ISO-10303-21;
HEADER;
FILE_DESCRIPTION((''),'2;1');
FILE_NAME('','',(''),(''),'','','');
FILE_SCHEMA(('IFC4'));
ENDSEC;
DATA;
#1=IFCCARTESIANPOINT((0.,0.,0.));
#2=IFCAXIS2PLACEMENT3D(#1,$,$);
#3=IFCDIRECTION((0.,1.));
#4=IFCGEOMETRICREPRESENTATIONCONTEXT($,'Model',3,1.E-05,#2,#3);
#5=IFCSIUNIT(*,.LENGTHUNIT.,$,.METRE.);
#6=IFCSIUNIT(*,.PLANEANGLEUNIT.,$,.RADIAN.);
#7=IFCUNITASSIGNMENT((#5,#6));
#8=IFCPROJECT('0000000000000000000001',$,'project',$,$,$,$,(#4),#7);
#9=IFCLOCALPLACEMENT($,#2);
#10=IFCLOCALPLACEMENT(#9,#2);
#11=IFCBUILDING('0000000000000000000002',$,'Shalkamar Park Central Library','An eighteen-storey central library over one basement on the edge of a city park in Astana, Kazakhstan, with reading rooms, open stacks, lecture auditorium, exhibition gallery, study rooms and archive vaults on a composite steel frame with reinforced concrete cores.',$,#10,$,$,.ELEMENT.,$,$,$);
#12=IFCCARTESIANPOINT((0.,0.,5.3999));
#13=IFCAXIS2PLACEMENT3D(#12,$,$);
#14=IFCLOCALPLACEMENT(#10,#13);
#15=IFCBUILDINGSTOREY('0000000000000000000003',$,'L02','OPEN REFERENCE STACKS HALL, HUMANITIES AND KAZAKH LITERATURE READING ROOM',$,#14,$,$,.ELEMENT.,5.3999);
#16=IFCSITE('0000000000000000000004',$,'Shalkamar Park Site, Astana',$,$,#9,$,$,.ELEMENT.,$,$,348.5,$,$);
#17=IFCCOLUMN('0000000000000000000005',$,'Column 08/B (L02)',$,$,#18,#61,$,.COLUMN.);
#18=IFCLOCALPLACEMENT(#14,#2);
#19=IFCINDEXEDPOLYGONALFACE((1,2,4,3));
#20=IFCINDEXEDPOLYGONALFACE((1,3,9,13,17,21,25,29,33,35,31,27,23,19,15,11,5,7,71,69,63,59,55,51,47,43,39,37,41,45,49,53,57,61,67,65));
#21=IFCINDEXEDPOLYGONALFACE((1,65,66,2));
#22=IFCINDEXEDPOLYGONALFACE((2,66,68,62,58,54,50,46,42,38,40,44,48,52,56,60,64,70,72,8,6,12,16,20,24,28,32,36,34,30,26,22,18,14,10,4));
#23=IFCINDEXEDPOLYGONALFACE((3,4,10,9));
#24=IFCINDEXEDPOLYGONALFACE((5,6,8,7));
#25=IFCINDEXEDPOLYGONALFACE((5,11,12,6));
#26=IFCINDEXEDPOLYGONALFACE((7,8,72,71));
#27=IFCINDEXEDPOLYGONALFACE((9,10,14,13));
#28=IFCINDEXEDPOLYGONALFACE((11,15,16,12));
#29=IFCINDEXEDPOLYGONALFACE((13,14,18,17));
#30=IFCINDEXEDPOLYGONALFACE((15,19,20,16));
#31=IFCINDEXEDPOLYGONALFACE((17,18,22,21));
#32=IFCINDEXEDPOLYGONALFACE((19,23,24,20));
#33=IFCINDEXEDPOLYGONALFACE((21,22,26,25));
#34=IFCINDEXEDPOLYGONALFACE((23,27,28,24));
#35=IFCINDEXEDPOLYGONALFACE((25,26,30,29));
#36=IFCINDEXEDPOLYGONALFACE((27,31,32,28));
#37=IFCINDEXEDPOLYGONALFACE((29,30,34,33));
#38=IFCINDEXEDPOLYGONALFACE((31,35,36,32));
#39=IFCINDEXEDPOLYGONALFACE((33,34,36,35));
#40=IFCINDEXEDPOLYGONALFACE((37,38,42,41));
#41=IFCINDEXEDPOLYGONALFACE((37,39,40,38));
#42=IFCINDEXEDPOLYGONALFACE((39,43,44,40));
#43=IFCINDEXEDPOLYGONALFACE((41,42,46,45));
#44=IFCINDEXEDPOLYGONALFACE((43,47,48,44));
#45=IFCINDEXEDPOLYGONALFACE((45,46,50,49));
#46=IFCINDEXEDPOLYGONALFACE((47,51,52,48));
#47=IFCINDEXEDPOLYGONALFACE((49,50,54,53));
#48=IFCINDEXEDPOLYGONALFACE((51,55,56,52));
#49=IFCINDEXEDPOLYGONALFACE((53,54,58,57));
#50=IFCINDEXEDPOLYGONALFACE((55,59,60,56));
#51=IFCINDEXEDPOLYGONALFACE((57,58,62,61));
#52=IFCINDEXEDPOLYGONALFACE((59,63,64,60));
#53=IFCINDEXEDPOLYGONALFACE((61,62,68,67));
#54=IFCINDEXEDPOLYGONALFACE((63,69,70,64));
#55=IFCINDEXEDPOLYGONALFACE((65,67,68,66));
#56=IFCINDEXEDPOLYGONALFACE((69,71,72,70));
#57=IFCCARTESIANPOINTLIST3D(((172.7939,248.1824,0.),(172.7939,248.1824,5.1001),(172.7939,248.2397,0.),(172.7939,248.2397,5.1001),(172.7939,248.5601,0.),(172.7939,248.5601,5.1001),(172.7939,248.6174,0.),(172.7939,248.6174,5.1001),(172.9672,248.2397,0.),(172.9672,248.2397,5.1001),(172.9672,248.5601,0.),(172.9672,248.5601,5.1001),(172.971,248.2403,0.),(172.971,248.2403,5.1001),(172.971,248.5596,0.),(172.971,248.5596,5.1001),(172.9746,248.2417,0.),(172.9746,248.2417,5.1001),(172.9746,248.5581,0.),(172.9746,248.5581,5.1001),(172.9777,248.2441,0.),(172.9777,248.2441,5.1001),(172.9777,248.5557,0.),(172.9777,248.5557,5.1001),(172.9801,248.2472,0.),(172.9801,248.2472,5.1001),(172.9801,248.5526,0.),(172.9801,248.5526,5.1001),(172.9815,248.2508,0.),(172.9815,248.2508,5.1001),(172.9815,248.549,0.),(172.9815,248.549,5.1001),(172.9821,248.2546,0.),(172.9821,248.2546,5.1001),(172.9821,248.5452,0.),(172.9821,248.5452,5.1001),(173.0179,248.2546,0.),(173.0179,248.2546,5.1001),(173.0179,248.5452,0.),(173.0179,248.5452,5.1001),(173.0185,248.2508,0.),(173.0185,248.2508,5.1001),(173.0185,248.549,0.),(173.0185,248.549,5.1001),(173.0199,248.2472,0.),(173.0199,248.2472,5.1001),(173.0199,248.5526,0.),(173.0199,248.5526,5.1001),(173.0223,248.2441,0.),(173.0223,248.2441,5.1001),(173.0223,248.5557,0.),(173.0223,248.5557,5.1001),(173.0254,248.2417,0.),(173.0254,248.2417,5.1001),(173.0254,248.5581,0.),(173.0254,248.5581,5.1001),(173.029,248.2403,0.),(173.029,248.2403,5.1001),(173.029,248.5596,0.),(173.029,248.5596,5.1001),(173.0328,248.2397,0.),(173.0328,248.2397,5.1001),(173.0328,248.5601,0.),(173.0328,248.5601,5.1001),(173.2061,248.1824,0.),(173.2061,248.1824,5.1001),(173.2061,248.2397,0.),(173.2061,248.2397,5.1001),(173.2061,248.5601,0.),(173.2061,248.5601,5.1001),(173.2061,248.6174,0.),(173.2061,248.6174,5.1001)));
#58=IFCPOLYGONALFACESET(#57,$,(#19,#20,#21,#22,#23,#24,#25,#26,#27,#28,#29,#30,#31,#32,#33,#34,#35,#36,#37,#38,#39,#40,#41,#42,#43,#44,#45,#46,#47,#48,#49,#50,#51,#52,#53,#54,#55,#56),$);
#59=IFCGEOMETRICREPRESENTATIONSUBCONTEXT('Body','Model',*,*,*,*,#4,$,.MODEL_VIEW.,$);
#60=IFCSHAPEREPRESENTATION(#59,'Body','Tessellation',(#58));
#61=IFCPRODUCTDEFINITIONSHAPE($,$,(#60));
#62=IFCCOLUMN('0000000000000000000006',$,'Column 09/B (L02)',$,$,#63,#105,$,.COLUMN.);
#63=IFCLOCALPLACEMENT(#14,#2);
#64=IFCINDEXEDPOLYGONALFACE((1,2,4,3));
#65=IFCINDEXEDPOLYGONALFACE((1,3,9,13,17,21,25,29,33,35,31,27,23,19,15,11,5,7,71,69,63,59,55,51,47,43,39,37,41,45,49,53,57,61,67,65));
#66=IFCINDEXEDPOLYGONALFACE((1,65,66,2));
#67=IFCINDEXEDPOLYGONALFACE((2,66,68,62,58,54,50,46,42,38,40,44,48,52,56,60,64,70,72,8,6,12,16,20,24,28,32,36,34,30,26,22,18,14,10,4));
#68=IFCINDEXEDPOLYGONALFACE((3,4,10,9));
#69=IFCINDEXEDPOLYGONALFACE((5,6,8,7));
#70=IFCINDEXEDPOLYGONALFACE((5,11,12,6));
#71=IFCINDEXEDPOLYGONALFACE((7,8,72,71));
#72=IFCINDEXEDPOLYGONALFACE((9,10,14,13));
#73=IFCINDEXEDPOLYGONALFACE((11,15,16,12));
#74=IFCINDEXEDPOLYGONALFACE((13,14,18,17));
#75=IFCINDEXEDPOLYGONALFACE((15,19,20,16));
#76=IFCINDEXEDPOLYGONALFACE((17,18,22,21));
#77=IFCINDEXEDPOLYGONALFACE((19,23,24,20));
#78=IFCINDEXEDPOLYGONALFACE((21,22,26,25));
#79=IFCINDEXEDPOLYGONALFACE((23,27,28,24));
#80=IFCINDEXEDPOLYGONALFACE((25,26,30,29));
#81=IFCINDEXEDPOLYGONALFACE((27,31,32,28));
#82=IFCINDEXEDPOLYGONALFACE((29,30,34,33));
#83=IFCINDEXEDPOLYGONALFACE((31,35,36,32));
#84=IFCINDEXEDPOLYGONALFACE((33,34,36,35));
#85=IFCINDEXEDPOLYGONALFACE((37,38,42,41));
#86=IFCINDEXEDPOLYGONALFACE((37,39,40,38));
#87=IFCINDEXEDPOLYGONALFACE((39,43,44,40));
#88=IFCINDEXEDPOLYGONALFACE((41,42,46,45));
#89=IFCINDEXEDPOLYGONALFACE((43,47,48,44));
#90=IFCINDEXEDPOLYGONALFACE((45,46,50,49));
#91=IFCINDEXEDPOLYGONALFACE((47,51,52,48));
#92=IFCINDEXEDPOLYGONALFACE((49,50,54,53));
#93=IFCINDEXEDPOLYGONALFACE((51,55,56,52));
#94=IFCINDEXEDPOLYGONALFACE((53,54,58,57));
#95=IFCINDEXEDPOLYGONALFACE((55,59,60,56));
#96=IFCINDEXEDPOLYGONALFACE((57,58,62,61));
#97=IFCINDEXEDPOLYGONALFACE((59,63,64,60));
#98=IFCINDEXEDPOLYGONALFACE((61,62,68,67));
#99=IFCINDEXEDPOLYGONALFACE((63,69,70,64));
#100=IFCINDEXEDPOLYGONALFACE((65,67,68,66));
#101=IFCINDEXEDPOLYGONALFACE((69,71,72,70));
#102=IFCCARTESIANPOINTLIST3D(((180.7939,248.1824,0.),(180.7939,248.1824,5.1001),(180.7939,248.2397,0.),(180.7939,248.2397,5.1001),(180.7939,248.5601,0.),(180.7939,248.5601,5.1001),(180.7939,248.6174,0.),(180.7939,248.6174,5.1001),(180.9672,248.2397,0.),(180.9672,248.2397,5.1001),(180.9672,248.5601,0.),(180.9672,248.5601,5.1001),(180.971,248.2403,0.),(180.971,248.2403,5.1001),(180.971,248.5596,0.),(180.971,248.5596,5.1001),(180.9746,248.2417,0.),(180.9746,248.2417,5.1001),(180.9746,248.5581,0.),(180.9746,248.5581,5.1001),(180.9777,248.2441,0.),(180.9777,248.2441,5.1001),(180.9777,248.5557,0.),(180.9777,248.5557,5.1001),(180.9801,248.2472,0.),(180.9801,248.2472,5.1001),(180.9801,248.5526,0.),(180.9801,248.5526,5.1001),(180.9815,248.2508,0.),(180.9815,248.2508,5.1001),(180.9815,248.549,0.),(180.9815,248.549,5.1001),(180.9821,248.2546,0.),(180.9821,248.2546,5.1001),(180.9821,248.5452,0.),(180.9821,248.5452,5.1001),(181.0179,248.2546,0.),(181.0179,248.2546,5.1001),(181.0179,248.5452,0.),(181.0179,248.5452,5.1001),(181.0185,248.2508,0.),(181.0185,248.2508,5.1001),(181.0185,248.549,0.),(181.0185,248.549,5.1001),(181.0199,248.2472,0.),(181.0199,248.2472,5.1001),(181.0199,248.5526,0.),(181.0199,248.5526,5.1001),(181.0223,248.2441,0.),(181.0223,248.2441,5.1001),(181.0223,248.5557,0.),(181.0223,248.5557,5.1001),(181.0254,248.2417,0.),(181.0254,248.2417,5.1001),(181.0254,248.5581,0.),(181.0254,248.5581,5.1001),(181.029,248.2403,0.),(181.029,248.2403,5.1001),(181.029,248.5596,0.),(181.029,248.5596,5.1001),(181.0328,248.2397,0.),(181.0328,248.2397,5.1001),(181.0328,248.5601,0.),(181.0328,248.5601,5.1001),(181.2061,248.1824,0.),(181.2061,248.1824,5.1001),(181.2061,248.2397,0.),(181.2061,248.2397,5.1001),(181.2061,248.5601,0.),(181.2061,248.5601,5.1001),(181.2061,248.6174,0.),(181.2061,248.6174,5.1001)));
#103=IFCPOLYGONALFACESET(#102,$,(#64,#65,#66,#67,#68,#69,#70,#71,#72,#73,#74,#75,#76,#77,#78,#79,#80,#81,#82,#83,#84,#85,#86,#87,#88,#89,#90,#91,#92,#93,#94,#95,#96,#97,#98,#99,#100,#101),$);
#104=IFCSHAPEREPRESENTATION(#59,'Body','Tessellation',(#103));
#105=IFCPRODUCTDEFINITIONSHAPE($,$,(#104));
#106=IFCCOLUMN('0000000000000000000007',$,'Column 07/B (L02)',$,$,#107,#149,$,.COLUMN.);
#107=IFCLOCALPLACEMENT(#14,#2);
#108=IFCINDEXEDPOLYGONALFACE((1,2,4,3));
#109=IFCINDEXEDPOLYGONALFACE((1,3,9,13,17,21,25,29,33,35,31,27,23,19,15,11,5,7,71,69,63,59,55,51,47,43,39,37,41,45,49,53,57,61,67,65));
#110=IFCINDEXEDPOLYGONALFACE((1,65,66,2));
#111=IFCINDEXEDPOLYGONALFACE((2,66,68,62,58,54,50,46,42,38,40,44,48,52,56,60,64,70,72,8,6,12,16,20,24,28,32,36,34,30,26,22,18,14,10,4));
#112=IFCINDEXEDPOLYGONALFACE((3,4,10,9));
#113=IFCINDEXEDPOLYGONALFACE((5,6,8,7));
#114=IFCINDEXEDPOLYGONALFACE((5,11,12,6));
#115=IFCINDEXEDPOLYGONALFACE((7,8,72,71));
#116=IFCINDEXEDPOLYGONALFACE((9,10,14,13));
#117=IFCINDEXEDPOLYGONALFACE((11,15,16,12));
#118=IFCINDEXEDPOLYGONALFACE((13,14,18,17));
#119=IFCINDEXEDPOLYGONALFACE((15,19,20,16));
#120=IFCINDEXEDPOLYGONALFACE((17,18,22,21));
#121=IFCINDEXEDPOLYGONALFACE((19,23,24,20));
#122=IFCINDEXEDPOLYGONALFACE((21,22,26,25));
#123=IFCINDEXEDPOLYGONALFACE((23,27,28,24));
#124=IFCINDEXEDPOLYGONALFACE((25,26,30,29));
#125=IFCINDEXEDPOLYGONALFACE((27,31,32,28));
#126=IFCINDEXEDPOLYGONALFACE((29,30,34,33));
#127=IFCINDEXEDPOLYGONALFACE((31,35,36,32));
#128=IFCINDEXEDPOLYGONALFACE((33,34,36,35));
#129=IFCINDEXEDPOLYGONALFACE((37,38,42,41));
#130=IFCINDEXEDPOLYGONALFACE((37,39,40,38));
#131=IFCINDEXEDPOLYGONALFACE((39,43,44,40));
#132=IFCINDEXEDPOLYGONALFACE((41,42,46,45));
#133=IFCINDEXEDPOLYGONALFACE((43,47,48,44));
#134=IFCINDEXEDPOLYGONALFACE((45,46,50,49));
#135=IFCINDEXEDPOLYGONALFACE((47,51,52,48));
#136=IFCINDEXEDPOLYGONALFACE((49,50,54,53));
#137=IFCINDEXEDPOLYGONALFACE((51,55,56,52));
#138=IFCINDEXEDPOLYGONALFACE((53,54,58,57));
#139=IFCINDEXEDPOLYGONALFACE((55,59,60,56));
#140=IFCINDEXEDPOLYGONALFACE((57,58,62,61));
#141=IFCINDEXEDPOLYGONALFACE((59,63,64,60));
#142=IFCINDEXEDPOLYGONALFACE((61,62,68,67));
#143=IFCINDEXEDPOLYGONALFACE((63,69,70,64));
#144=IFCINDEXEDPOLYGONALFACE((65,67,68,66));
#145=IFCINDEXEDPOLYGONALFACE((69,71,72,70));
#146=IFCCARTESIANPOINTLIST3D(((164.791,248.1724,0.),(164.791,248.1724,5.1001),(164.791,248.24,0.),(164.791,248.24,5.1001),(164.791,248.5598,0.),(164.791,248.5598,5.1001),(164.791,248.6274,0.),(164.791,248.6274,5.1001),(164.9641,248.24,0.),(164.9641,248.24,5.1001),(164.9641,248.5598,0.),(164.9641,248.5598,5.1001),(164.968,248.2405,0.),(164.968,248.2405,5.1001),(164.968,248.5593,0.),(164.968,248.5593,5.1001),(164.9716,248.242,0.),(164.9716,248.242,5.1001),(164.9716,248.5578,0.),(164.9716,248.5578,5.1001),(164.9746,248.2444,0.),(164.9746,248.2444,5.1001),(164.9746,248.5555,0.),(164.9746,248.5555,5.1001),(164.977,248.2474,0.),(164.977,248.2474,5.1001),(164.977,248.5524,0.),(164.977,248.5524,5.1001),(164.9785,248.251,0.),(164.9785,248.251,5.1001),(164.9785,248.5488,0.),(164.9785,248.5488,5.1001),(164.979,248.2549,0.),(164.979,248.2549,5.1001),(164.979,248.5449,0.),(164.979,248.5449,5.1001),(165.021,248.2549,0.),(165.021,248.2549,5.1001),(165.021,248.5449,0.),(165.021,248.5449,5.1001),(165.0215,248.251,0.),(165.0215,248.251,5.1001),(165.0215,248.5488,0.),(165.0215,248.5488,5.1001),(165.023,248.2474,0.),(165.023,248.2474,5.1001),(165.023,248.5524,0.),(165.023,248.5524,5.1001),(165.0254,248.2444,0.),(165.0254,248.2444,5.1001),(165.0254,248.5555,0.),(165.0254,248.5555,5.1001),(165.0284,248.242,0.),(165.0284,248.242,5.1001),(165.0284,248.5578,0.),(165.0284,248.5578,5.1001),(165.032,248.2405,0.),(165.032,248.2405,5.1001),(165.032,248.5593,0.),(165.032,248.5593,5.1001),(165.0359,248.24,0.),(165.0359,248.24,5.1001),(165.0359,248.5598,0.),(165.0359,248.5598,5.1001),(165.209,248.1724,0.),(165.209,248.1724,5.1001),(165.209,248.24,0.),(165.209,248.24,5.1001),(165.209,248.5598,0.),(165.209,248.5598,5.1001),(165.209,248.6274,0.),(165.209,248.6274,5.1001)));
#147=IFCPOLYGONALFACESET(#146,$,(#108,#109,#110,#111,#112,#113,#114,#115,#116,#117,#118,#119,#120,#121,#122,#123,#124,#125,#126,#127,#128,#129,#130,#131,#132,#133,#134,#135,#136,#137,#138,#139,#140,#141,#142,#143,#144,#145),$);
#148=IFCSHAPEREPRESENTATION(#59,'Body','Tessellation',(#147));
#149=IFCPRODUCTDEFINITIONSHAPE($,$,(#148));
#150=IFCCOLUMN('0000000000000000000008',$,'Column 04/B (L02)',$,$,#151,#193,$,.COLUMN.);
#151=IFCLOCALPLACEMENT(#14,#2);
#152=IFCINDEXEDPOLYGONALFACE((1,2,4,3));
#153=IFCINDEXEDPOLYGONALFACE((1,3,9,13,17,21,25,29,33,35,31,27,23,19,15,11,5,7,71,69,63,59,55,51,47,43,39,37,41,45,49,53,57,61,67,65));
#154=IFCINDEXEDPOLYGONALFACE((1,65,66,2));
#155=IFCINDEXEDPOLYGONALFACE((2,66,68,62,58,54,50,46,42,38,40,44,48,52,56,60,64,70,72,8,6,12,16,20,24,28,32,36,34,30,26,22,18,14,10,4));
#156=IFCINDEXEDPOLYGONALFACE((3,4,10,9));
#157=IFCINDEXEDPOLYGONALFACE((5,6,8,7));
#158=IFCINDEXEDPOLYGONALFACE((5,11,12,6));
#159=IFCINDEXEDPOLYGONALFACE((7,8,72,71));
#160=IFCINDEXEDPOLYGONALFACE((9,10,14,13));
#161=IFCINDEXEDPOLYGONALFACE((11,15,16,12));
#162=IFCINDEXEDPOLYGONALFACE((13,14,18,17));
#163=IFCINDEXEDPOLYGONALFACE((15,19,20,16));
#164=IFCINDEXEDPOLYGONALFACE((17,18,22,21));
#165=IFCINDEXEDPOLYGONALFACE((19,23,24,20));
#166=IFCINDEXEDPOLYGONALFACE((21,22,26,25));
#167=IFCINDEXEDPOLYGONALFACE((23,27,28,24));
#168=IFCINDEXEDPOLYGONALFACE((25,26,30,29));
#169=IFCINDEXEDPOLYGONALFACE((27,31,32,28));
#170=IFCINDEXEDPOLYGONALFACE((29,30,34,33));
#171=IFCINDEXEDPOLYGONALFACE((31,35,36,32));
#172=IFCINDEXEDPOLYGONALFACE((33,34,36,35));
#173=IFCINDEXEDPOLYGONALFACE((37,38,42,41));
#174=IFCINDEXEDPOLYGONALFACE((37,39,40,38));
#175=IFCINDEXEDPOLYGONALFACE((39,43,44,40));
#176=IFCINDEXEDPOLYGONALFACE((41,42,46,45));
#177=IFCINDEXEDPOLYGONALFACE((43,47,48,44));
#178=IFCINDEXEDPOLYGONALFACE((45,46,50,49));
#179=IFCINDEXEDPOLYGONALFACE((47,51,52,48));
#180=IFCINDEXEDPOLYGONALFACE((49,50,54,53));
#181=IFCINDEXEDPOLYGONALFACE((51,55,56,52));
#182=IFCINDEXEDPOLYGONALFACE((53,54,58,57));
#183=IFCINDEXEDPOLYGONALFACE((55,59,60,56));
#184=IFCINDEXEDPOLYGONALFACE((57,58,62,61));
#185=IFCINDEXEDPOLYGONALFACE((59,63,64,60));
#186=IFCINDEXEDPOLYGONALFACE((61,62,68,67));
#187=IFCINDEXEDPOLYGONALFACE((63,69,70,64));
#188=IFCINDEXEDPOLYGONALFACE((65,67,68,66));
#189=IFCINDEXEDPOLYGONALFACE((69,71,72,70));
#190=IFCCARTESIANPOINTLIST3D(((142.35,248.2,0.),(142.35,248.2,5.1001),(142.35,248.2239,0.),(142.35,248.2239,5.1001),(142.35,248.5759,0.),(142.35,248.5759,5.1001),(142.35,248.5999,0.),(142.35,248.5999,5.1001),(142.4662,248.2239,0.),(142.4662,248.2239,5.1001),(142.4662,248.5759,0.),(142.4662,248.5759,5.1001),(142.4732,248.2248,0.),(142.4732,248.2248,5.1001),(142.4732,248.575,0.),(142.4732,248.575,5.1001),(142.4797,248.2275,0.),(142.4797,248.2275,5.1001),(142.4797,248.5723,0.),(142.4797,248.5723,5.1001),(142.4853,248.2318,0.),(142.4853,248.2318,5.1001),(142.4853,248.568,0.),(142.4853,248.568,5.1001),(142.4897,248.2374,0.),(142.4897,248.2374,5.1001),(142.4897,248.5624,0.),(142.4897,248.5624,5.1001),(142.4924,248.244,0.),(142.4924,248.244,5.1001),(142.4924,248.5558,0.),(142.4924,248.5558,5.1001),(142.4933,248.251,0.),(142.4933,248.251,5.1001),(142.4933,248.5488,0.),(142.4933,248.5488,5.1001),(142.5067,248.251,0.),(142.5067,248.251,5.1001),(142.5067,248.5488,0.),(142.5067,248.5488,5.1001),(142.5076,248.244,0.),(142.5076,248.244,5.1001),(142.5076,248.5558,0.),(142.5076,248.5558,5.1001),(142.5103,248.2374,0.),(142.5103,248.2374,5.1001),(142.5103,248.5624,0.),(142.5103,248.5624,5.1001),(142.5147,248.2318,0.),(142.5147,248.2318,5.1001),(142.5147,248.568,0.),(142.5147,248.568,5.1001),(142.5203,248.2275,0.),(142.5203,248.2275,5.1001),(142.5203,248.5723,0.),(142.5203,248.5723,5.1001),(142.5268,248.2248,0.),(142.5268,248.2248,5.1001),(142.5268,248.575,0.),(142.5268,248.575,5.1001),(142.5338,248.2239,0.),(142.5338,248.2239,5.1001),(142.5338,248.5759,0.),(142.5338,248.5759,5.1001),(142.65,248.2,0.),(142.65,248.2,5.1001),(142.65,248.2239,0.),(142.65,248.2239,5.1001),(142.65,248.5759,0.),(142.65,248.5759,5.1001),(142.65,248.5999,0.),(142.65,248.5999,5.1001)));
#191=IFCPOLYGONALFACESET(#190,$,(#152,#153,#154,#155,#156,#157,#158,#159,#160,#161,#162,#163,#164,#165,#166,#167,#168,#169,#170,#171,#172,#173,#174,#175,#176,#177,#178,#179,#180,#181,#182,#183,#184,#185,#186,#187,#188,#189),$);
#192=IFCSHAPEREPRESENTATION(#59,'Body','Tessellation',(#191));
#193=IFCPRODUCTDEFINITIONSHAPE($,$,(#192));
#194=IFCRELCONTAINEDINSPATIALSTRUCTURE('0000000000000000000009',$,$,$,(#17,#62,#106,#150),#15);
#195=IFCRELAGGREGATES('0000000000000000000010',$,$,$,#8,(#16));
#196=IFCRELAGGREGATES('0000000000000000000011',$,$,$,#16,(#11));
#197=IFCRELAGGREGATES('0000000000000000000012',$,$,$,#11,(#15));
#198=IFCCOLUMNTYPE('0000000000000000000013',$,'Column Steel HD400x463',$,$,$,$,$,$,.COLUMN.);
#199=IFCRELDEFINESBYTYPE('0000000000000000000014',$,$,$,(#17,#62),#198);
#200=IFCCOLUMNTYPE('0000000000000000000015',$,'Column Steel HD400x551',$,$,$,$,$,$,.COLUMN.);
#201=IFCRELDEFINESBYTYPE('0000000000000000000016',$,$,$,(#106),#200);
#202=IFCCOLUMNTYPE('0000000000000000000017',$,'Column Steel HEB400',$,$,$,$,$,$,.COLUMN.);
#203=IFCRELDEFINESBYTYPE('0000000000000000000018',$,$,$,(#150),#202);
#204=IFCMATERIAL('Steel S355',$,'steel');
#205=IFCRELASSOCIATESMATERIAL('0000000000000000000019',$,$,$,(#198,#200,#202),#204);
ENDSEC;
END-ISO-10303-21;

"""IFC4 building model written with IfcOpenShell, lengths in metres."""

from ifc_helpers import new_model, si_unit, direction, frame, origin, origin_2d, place, context, subcontext, project, spatial, i_section, extrude, material, material_profile, profile_set, type_object, element, save


model = new_model("IFC4")

# Units and contexts
model_context = context("Model", 3, precision=1e-05, world=origin(), true_north=direction((0.0, 1.0)))
body_context = subcontext(model_context, "Body", "Model", "MODEL_VIEW")
ifc_project = project(units=[si_unit("LENGTHUNIT", "METRE"), si_unit("PLANEANGLEUNIT", "RADIAN")], contexts=[model_context])

# Site, building, storey
site_placement = place(None, origin())
site = spatial("IfcSite", under=ifc_project, at=site_placement, Name="Shalkamar Park Site, Astana", CompositionType="ELEMENT", RefElevation=348.5)
building_placement = place(site_placement, origin())
building = spatial("IfcBuilding", under=site, at=building_placement, Name="Shalkamar Park Central Library", Description="An eighteen-storey central library over one basement on the edge of a city park in Astana, Kazakhstan, with reading rooms, open stacks, lecture auditorium, exhibition gallery, study rooms and archive vaults on a composite steel frame with reinforced concrete cores.", CompositionType="ELEMENT")
storey_placement = place(building_placement, frame((0.0, 0.0, 5.3999)))
storey = spatial("IfcBuildingStorey", under=building, at=storey_placement, Name="L02", Description="OPEN REFERENCE STACKS HALL, HUMANITIES AND KAZAKH LITERATURE READING ROOM", CompositionType="ELEMENT", Elevation=5.3999)

# Columns
ifc_material_1 = material(Name="Steel S355", Category="steel")
ifc_material_profile_1 = material_profile(ifc_material_1, i_section(OverallWidth=0.4121, OverallDepth=0.4351, WebThickness=0.0359, FlangeThickness=0.0574, FilletRadius=0.0149, at=origin_2d()), Name="HD 400x463")
ifc_profile_set_1 = profile_set([ifc_material_profile_1], Name="Steel S355")
column_type_1 = type_object("IfcColumnType", Name="Column Steel HD400x463", PredefinedType="COLUMN", material=ifc_profile_set_1)
for number, where, z_axis, x_axis, name in (
    (1, (173.0, 248.3999, 0.0), (0.0, 0.0, 1.0), (1.0, 0.0, 0.0), "Column 08/B (L02)"),
    (2, (181.0, 248.3999, 0.0), (0.0, 0.0, 1.0), (1.0, 0.0, 0.0), "Column 09/B (L02)"),
):
    element("IfcColumn", number, at=place(storey_placement, frame(where, z_axis=z_axis, x_axis=x_axis)), inside=storey, type_object=column_type_1, Name=name, PredefinedType="COLUMN", context=body_context, shape_type="SweptSolid", body=[
        extrude(i_section(OverallWidth=0.4121, OverallDepth=0.4351, WebThickness=0.0359, FlangeThickness=0.0574, FilletRadius=0.0149, at=origin_2d()), origin(), (0.0, 0.0, 1.0), 5.1001),
    ])
ifc_material_profile_2 = material_profile(ifc_material_1, i_section(OverallWidth=0.418, OverallDepth=0.4551, WebThickness=0.042, FlangeThickness=0.0676, FilletRadius=0.0149, at=origin_2d()), Name="HD 400x551")
ifc_profile_set_2 = profile_set([ifc_material_profile_2], Name="Steel S355")
column_type_2 = type_object("IfcColumnType", Name="Column Steel HD400x551", PredefinedType="COLUMN", material=ifc_profile_set_2)
column_1_placement = place(storey_placement, frame((165.0, 248.3999, 0.0), z_axis=(0.0, 0.0, 1.0), x_axis=(1.0, 0.0, 0.0)))
element("IfcColumn", 3, at=column_1_placement, inside=storey, type_object=column_type_2, Name="Column 07/B (L02)", PredefinedType="COLUMN", context=body_context, shape_type="SweptSolid", body=[
    extrude(i_section(OverallWidth=0.418, OverallDepth=0.4551, WebThickness=0.042, FlangeThickness=0.0676, FilletRadius=0.0149, at=origin_2d()), origin(), (0.0, 0.0, 1.0), 5.1001),
])
ifc_material_profile_3 = material_profile(ifc_material_1, i_section(OverallWidth=0.3, OverallDepth=0.3999, WebThickness=0.0134, FlangeThickness=0.0239, FilletRadius=0.0271, at=origin_2d()), Name="HEB 400")
ifc_profile_set_3 = profile_set([ifc_material_profile_3], Name="Steel S355")
column_type_3 = type_object("IfcColumnType", Name="Column Steel HEB400", PredefinedType="COLUMN", material=ifc_profile_set_3)
for number, where, z_axis, x_axis, name in (
    (4, (142.5, 248.3999, 0.0), (0.0, 0.0, 1.0), (1.0, 0.0, 0.0), "Column 04/B (L02)"),
):
    element("IfcColumn", number, at=place(storey_placement, frame(where, z_axis=z_axis, x_axis=x_axis)), inside=storey, type_object=column_type_3, Name=name, PredefinedType="COLUMN", context=body_context, shape_type="SweptSolid", body=[
        extrude(i_section(OverallWidth=0.3, OverallDepth=0.3999, WebThickness=0.0134, FlangeThickness=0.0239, FilletRadius=0.0271, at=origin_2d()), origin(), (0.0, 0.0, 1.0), 5.1001),
    ])

save(model, "model.ifc")
